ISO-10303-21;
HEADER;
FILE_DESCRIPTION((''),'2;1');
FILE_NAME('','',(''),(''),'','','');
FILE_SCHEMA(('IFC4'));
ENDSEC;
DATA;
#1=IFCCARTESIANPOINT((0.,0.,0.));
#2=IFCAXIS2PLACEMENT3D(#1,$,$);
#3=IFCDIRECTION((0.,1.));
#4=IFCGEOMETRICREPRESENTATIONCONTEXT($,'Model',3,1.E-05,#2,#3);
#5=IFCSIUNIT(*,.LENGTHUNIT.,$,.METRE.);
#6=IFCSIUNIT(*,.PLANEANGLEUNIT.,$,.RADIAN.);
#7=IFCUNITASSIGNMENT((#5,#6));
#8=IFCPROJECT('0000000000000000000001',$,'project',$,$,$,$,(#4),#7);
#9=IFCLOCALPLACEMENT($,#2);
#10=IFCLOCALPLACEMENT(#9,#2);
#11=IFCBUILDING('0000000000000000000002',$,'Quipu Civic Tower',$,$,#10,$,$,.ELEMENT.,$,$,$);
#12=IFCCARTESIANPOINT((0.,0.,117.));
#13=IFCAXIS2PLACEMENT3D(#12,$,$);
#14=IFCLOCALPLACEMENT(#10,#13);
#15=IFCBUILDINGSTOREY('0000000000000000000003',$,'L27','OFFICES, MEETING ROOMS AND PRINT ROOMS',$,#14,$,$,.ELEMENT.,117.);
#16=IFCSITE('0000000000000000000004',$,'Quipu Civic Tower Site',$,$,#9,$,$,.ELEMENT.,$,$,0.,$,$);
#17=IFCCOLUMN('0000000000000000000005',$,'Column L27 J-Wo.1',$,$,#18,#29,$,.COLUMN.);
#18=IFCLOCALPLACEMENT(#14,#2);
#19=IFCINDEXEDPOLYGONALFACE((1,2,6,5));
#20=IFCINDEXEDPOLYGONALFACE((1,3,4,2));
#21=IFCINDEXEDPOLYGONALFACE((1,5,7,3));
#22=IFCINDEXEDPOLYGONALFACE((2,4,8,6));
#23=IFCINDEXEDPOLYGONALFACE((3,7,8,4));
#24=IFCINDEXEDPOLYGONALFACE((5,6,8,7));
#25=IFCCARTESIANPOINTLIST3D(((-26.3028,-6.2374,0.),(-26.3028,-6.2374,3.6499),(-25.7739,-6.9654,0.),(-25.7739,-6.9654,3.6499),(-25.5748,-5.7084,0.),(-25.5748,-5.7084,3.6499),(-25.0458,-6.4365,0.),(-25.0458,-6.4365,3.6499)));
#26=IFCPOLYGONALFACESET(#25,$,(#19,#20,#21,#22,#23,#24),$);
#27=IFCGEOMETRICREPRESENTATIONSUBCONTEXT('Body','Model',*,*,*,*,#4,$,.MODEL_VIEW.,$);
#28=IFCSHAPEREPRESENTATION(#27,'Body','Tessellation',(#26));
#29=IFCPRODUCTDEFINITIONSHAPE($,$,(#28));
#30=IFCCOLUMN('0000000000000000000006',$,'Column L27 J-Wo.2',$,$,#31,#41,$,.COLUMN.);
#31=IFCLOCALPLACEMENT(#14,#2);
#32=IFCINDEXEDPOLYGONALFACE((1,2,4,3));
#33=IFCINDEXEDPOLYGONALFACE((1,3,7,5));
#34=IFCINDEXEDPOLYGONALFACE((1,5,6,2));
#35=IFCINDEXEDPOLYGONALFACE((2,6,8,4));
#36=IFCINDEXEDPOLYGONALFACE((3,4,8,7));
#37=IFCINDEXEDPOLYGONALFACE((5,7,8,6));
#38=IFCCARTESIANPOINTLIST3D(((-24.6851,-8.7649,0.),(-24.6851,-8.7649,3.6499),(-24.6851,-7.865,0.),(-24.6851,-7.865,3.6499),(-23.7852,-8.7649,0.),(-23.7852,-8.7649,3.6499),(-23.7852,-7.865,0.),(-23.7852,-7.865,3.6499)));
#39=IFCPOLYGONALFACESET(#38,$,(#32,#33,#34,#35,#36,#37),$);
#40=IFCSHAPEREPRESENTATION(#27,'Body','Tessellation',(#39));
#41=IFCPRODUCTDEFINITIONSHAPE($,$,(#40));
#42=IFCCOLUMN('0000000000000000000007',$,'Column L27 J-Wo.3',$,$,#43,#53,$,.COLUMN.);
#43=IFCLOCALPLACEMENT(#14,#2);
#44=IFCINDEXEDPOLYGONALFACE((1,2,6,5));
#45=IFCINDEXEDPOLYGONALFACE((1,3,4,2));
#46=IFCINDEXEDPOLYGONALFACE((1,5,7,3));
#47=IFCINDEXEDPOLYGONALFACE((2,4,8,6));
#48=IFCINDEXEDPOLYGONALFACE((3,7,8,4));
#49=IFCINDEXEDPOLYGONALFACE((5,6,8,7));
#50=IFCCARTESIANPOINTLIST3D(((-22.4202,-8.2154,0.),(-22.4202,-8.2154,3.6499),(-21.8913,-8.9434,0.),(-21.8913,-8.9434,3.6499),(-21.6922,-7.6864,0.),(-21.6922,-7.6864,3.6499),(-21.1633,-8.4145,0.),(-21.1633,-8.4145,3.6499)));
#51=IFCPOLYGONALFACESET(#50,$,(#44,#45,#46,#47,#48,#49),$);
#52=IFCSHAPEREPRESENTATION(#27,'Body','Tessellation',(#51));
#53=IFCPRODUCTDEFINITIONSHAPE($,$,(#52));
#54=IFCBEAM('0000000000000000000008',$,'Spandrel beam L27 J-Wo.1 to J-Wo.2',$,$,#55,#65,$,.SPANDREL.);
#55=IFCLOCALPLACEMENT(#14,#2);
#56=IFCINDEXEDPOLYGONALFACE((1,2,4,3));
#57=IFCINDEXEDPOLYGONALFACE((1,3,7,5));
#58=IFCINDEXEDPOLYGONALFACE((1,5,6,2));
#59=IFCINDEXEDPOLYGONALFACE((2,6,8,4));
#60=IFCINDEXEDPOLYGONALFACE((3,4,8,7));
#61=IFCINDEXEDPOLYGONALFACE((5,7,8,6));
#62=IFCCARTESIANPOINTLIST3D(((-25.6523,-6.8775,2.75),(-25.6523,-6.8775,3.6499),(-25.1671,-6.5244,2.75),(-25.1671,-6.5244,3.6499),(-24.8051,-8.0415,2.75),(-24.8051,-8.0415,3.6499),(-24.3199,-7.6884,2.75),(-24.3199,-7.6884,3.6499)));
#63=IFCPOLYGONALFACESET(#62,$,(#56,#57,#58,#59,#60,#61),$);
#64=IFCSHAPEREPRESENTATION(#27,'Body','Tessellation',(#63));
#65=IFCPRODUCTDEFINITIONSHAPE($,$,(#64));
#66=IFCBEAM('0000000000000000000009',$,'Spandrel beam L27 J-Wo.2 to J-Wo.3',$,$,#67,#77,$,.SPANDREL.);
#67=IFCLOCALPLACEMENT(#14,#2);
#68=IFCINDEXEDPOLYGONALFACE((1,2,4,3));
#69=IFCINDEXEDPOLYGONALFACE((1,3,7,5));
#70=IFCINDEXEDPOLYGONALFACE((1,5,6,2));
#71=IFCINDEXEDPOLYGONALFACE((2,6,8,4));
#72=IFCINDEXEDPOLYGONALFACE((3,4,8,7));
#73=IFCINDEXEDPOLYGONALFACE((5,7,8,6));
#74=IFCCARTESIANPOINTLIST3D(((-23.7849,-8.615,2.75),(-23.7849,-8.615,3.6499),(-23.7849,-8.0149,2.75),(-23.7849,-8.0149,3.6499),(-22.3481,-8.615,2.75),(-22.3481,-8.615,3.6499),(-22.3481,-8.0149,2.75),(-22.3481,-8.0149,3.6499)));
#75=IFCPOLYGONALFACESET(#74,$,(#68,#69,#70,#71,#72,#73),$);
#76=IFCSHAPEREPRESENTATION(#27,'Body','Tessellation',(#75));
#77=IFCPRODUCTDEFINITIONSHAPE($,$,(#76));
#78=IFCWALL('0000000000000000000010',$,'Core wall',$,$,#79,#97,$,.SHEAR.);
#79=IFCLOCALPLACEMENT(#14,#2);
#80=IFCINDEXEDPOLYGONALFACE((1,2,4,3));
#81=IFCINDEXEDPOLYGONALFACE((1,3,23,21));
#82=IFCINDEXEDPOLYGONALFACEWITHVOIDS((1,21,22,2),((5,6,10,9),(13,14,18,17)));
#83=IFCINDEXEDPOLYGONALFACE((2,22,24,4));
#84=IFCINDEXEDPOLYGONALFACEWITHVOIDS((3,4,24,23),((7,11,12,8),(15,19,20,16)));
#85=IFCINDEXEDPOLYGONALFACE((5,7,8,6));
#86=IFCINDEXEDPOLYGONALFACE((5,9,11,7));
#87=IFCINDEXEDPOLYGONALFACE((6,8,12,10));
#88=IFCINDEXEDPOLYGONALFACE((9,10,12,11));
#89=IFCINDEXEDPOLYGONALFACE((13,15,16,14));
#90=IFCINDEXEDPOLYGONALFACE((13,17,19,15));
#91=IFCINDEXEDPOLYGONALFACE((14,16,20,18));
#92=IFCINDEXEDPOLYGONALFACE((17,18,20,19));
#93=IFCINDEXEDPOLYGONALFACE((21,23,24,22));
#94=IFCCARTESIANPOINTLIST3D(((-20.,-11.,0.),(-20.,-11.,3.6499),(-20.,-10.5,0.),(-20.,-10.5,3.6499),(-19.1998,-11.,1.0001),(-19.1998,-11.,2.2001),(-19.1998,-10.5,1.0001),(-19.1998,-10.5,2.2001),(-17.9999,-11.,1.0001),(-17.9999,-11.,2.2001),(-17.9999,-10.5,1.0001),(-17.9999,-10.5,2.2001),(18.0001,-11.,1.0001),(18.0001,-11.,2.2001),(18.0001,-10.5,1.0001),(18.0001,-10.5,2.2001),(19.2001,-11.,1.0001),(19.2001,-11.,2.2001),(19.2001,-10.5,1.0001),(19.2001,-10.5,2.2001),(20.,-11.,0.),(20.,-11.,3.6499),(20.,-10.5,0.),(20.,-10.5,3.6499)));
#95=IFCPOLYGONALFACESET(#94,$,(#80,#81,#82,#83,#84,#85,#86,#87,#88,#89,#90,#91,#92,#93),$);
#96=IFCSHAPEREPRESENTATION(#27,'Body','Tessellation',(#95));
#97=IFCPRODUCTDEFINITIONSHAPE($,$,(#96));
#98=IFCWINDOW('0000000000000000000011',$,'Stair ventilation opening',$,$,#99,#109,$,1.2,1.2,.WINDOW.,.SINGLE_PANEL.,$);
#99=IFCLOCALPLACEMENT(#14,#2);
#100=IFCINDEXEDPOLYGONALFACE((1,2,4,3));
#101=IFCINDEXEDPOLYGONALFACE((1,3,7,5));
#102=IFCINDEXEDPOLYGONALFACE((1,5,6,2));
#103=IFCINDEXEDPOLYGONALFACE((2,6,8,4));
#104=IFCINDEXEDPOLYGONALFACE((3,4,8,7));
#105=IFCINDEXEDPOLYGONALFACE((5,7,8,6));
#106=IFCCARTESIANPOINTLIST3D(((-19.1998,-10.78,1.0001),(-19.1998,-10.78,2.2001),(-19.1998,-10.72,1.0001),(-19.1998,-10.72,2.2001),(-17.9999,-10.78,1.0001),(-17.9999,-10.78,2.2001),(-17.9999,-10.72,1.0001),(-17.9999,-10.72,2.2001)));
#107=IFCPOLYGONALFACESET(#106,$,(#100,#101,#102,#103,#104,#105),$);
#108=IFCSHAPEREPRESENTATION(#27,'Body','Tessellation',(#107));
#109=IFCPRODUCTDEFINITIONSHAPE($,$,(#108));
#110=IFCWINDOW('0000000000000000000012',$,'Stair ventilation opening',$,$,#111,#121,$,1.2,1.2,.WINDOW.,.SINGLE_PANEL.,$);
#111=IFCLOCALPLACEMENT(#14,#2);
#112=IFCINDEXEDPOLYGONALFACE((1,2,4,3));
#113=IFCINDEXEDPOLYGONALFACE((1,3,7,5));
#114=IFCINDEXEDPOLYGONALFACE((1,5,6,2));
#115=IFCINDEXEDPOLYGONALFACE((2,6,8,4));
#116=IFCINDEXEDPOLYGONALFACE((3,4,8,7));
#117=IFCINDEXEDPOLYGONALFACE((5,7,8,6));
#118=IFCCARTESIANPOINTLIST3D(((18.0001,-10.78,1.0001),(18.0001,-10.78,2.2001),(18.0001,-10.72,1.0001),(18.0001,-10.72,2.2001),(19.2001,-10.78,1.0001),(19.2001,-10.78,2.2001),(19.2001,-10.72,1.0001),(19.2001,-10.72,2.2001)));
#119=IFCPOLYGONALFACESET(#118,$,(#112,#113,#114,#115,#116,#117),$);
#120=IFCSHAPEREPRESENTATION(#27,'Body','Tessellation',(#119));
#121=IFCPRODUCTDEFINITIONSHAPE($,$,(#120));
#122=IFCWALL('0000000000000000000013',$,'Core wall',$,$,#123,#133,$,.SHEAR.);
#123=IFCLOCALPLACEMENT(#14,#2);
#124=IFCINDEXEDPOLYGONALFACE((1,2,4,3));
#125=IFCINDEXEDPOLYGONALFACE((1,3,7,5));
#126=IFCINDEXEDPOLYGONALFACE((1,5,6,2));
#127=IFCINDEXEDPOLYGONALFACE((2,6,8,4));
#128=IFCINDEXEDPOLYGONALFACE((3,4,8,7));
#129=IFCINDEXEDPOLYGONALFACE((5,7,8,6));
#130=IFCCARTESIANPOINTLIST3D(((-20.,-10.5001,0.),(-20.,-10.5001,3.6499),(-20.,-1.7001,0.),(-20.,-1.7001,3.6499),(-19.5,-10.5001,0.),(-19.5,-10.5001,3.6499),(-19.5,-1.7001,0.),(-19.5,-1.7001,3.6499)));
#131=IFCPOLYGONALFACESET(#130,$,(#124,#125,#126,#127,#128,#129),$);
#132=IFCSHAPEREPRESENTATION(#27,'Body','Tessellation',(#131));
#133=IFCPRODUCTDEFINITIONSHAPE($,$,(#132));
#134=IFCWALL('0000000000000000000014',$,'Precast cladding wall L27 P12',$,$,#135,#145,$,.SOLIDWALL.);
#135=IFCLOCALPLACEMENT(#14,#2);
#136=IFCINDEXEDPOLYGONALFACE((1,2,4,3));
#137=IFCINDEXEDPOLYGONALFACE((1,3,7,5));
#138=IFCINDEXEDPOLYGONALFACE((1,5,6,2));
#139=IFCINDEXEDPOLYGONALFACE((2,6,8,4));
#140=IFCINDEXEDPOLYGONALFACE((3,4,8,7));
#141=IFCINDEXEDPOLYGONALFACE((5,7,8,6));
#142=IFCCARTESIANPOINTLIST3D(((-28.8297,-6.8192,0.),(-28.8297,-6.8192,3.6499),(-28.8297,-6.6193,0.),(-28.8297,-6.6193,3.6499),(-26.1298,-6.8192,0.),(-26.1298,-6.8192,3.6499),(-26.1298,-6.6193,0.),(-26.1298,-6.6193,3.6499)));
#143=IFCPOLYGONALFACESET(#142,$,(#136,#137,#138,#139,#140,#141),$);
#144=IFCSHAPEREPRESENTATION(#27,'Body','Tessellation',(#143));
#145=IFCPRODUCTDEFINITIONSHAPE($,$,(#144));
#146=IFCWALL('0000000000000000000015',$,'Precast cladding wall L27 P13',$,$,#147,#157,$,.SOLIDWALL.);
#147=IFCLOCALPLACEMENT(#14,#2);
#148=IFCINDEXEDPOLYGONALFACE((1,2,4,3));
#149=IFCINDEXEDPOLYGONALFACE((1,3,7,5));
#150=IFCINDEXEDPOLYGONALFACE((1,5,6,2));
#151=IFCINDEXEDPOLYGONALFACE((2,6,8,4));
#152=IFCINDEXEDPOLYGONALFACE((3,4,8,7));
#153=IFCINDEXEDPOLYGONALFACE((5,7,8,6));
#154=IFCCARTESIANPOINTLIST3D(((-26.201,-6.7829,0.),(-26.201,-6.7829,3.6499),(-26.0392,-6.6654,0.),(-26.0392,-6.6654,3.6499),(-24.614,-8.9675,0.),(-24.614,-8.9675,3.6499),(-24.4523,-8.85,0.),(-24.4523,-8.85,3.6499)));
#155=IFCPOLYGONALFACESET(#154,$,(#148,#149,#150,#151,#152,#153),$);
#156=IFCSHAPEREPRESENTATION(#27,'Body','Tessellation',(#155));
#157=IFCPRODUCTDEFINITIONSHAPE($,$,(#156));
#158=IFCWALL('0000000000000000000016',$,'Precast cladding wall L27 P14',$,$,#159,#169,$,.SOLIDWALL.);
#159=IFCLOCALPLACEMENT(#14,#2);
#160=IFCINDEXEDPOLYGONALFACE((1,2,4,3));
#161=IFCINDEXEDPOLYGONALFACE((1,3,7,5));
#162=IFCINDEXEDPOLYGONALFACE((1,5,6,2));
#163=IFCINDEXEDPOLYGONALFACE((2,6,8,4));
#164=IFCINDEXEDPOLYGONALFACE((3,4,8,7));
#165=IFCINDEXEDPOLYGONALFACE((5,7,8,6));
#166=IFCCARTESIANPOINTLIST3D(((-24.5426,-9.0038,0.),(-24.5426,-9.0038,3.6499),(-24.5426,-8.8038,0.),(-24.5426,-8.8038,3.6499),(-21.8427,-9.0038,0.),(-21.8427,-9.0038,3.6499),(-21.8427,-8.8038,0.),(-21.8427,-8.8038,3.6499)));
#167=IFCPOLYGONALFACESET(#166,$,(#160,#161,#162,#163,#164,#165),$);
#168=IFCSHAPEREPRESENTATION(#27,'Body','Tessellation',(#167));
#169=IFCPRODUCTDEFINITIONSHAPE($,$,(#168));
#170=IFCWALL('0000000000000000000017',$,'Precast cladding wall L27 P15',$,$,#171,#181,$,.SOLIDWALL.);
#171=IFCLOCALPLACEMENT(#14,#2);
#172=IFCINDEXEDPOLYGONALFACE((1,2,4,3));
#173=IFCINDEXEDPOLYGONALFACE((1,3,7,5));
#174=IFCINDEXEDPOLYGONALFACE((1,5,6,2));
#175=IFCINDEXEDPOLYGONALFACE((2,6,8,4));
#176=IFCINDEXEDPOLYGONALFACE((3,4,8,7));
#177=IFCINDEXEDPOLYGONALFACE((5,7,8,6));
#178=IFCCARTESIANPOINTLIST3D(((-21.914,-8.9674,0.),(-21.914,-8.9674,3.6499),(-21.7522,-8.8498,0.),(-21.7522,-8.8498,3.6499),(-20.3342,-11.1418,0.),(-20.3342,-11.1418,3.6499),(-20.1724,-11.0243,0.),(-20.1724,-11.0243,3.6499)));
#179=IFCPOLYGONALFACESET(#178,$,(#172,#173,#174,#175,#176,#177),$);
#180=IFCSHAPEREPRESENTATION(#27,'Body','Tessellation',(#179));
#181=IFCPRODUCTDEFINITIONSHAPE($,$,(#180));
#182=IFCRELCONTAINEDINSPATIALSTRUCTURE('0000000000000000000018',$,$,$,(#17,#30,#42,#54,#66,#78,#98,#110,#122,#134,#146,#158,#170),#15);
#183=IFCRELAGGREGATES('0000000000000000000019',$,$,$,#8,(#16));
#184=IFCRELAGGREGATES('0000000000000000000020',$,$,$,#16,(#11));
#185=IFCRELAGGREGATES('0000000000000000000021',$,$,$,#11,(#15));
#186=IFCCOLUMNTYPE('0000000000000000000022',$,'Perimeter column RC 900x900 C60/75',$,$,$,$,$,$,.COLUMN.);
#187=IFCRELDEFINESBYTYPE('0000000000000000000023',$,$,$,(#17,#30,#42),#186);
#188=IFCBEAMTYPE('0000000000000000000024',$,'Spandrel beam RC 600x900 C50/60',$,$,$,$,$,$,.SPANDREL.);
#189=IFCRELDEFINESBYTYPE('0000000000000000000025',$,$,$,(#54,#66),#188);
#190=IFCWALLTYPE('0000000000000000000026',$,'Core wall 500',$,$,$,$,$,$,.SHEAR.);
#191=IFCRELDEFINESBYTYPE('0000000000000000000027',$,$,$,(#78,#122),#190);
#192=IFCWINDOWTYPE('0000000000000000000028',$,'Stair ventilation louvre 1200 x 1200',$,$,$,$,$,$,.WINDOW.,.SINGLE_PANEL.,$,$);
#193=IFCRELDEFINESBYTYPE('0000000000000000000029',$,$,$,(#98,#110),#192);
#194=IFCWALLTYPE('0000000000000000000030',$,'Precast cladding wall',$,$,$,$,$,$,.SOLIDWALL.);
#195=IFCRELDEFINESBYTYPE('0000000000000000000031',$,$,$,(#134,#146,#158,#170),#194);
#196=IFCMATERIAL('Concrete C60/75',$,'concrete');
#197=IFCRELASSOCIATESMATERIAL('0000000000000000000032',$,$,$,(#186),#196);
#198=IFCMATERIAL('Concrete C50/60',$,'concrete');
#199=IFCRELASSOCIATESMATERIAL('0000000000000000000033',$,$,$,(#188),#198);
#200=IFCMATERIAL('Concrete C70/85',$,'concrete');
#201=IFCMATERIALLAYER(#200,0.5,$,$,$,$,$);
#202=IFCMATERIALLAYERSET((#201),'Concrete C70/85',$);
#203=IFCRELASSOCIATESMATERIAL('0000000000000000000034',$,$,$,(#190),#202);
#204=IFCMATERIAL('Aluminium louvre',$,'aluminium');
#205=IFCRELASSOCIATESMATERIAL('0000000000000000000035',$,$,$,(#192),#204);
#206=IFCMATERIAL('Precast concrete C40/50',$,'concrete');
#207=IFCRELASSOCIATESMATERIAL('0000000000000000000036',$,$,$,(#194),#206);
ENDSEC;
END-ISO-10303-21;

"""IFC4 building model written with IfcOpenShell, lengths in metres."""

from ifc_helpers import new_model, si_unit, direction, frame, frame_2d, origin, origin_2d, place, context, subcontext, project, spatial, rectangle, extrude, material, layer, layer_set, material_profile, profile_set, type_object, element, fill, save


model = new_model("IFC4")

# Units and contexts
model_context = context("Model", 3, precision=1e-05, world=origin(), true_north=direction((0.0, 1.0)))
body_context = subcontext(model_context, "Body", "Model", "MODEL_VIEW")
ifc_project = project(units=[si_unit("LENGTHUNIT", "METRE"), si_unit("PLANEANGLEUNIT", "RADIAN")], contexts=[model_context])

# Site, building, storey
site_placement = place(None, origin())
site = spatial("IfcSite", under=ifc_project, at=site_placement, Name="Quipu Civic Tower Site", CompositionType="ELEMENT", RefElevation=0.0)
building_placement = place(site_placement, origin())
building = spatial("IfcBuilding", under=site, at=building_placement, Name="Quipu Civic Tower", CompositionType="ELEMENT")
storey_placement = place(building_placement, frame((0.0, 0.0, 117.0)))
storey = spatial("IfcBuildingStorey", under=building, at=storey_placement, Name="L27", Description="OFFICES, MEETING ROOMS AND PRINT ROOMS", CompositionType="ELEMENT", Elevation=117.0)

# Columns
ifc_material_1 = material(Name="Concrete C60/75", Category="concrete")
ifc_material_profile_1 = material_profile(ifc_material_1, rectangle(XDim=0.8999, YDim=0.8999, at=origin_2d()), Name="RC900x900")
ifc_profile_set_1 = profile_set([ifc_material_profile_1], Name="Concrete C60/75")
column_type = type_object("IfcColumnType", Name="Perimeter column RC 900x900 C60/75", PredefinedType="COLUMN", material=ifc_profile_set_1)
for number, where, z_axis, x_axis, name in (
    (1, (-25.6743, -6.3369, 0.0), (0.0, 0.0, 1.0), (0.587785, -0.809017, 0.0), "Column L27 J-Wo.1"),
    (2, (-24.2351, -8.3149, 0.0), (0.0, 0.0, 1.0), (1.0, 0.0, 0.0), "Column L27 J-Wo.2"),
    (3, (-21.7917, -8.3149, 0.0), (0.0, 0.0, 1.0), (0.587785, -0.809017, 0.0), "Column L27 J-Wo.3"),
):
    element("IfcColumn", number, at=place(storey_placement, frame(where, z_axis=z_axis, x_axis=x_axis)), inside=storey, type_object=column_type, Name=name, PredefinedType="COLUMN", context=body_context, shape_type="SweptSolid", body=[
        extrude(rectangle(XDim=0.8999, YDim=0.8999, at=origin_2d()), origin(), (0.0, 0.0, 1.0), 3.6499),
    ])

# Beams
ifc_material_2 = material(Name="Concrete C50/60", Category="concrete")
ifc_material_profile_2 = material_profile(ifc_material_2, rectangle(XDim=0.6001, YDim=0.8999, at=origin_2d()), Name="RC600x900")
ifc_profile_set_2 = profile_set([ifc_material_profile_2], Name="Concrete C50/60")
beam_type = type_object("IfcBeamType", Name="Spandrel beam RC 600x900 C50/60", PredefinedType="SPANDREL", material=ifc_profile_set_2)
beam_1_placement = place(storey_placement, frame((-25.4097, -6.7009, 3.2), z_axis=(0.588434, -0.808545, 0.0), x_axis=(0.808545, 0.588434, 0.0)))
element("IfcBeam", 4, at=beam_1_placement, inside=storey, type_object=beam_type, Name="Spandrel beam L27 J-Wo.1 to J-Wo.2", PredefinedType="SPANDREL", context=body_context, shape_type="SweptSolid", body=[
    extrude(rectangle(XDim=0.6001, YDim=0.8999, at=origin_2d()), origin(), (0.0, 0.0, 1.0), 1.4397),
])
beam_2_placement = place(storey_placement, frame((-23.7849, -8.3149, 3.2), z_axis=(1.0, 0.0, 0.0), x_axis=(0.0, 1.0, 0.0)))
element("IfcBeam", 5, at=beam_2_placement, inside=storey, type_object=beam_type, Name="Spandrel beam L27 J-Wo.2 to J-Wo.3", PredefinedType="SPANDREL", context=body_context, shape_type="SweptSolid", body=[
    extrude(rectangle(XDim=0.6001, YDim=0.8999, at=origin_2d()), origin(), (0.0, 0.0, 1.0), 1.4368),
])

# Wall, openings, windows
ifc_material_3 = material(Name="Concrete C70/85", Category="concrete")
ifc_layer = layer(ifc_material_3, 0.5)
ifc_layer_set = layer_set([ifc_layer], Name="Concrete C70/85")
wall_type_1 = type_object("IfcWallType", Name="Core wall 500", PredefinedType="SHEAR", material=ifc_layer_set)
wall_1_placement = place(storey_placement, frame((-20.0, -10.75, 0.0), z_axis=(0.0, 0.0, 1.0), x_axis=(1.0, 0.0, 0.0)))
wall_1 = element("IfcWall", 6, at=wall_1_placement, inside=storey, type_object=wall_type_1, Name="Core wall", PredefinedType="SHEAR", context=body_context, shape_type="SweptSolid", body=[
    extrude(rectangle(XDim=40.0, YDim=0.5, at=frame_2d((20.0, 0.0))), origin(), (0.0, 0.0, 1.0), 3.6499),
])
opening_1_placement = place(wall_1_placement, frame((0.8, 0.0, 1.0)))
opening_1 = element("IfcOpeningElement", 7, at=opening_1_placement, cuts=wall_1, PredefinedType="OPENING", context=body_context, shape_type="SweptSolid", body=[
    extrude(rectangle(XDim=1.2, YDim=1.2, at=frame_2d((0.6001, 0.6001))), frame((0.0, 0.26, 0.0), z_axis=(0.0, -1.0, 0.0), x_axis=(1.0, 0.0, 0.0)), (0.0, 0.0, 1.0), 0.52),
])
opening_2_placement = place(wall_1_placement, frame((38.0, 0.0, 1.0)))
opening_2 = element("IfcOpeningElement", 8, at=opening_2_placement, cuts=wall_1, PredefinedType="OPENING", context=body_context, shape_type="SweptSolid", body=[
    extrude(rectangle(XDim=1.2, YDim=1.2, at=frame_2d((0.6001, 0.6001))), frame((0.0, 0.26, 0.0), z_axis=(0.0, -1.0, 0.0), x_axis=(1.0, 0.0, 0.0)), (0.0, 0.0, 1.0), 0.52),
])
ifc_material_4 = material(Name="Aluminium louvre", Category="aluminium")
window_type = type_object("IfcWindowType", Name="Stair ventilation louvre 1200 x 1200", PartitioningType="SINGLE_PANEL", PredefinedType="WINDOW", material=ifc_material_4)
window_1_placement = place(opening_1_placement, origin())
window_1 = element("IfcWindow", 9, at=window_1_placement, inside=storey, type_object=window_type, Name="Stair ventilation opening", OverallHeight=1.2, OverallWidth=1.2, PartitioningType="SINGLE_PANEL", PredefinedType="WINDOW", context=body_context, shape_type="SweptSolid", body=[
    extrude(rectangle(XDim=1.2, YDim=1.2, at=frame_2d((0.6001, 0.6001))), frame((0.0, 0.03, 0.0), z_axis=(0.0, -1.0, 0.0), x_axis=(1.0, 0.0, 0.0)), (0.0, 0.0, 1.0), 0.0601),
])
fill(opening_1, window_1)
window_2_placement = place(opening_2_placement, origin())
window_2 = element("IfcWindow", 10, at=window_2_placement, inside=storey, type_object=window_type, Name="Stair ventilation opening", OverallHeight=1.2, OverallWidth=1.2, PartitioningType="SINGLE_PANEL", PredefinedType="WINDOW", context=body_context, shape_type="SweptSolid", body=[
    extrude(rectangle(XDim=1.2, YDim=1.2, at=frame_2d((0.6001, 0.6001))), frame((0.0, 0.03, 0.0), z_axis=(0.0, -1.0, 0.0), x_axis=(1.0, 0.0, 0.0)), (0.0, 0.0, 1.0), 0.0601),
])
fill(opening_2, window_2)

# Walls
wall_2_placement = place(storey_placement, frame((-19.75, -10.5, 0.0), z_axis=(0.0, 0.0, 1.0), x_axis=(0.0, 1.0, 0.0)))
element("IfcWall", 11, at=wall_2_placement, inside=storey, type_object=wall_type_1, Name="Core wall", PredefinedType="SHEAR", context=body_context, shape_type="SweptSolid", body=[
    extrude(rectangle(XDim=8.8, YDim=0.5, at=frame_2d((4.3999, 0.0))), origin(), (0.0, 0.0, 1.0), 3.6499),
])
ifc_material_5 = material(Name="Precast concrete C40/50", Category="concrete")
wall_type_2 = type_object("IfcWallType", Name="Precast cladding wall", PredefinedType="SOLIDWALL", material=ifc_material_5)
wall_3_placement = place(storey_placement, frame((-28.8298, -6.7192, 0.0), z_axis=(0.0, 0.0, 1.0), x_axis=(1.0, 0.0, 0.0)))
element("IfcWall", 12, at=wall_3_placement, inside=storey, type_object=wall_type_2, Name="Precast cladding wall L27 P12", PredefinedType="SOLIDWALL", context=body_context, shape_type="SweptSolid", body=[
    extrude(rectangle(XDim=2.7, YDim=0.2, at=frame_2d((1.3501, 0.0))), origin(), (0.0, 0.0, 1.0), 3.6499),
])
wall_4_placement = place(storey_placement, frame((-26.1201, -6.7241, 0.0), z_axis=(0.0, 0.0, 1.0), x_axis=(0.58772, -0.809064, 0.0)))
element("IfcWall", 13, at=wall_4_placement, inside=storey, type_object=wall_type_2, Name="Precast cladding wall L27 P13", PredefinedType="SOLIDWALL", context=body_context, shape_type="SweptSolid", body=[
    extrude(rectangle(XDim=2.7002, YDim=0.2, at=frame_2d((1.3501, 0.0))), origin(), (0.0, 0.0, 1.0), 3.6499),
])
wall_5_placement = place(storey_placement, frame((-24.5427, -8.9038, 0.0), z_axis=(0.0, 0.0, 1.0), x_axis=(1.0, 0.0, 0.0)))
element("IfcWall", 14, at=wall_5_placement, inside=storey, type_object=wall_type_2, Name="Precast cladding wall L27 P14", PredefinedType="SOLIDWALL", context=body_context, shape_type="SweptSolid", body=[
    extrude(rectangle(XDim=2.7, YDim=0.2, at=frame_2d((1.3501, 0.0))), origin(), (0.0, 0.0, 1.0), 3.6499),
])
wall_6_placement = place(storey_placement, frame((-21.833, -8.9087, 0.0), z_axis=(0.0, 0.0, 1.0), x_axis=(0.587767, -0.809031, 0.0)))
element("IfcWall", 15, at=wall_6_placement, inside=storey, type_object=wall_type_2, Name="Precast cladding wall L27 P15", PredefinedType="SOLIDWALL", context=body_context, shape_type="SweptSolid", body=[
    extrude(rectangle(XDim=2.6877, YDim=0.2, at=frame_2d((1.3438, 0.0))), origin(), (0.0, 0.0, 1.0), 3.6499),
])

save(model, "model.ifc")
